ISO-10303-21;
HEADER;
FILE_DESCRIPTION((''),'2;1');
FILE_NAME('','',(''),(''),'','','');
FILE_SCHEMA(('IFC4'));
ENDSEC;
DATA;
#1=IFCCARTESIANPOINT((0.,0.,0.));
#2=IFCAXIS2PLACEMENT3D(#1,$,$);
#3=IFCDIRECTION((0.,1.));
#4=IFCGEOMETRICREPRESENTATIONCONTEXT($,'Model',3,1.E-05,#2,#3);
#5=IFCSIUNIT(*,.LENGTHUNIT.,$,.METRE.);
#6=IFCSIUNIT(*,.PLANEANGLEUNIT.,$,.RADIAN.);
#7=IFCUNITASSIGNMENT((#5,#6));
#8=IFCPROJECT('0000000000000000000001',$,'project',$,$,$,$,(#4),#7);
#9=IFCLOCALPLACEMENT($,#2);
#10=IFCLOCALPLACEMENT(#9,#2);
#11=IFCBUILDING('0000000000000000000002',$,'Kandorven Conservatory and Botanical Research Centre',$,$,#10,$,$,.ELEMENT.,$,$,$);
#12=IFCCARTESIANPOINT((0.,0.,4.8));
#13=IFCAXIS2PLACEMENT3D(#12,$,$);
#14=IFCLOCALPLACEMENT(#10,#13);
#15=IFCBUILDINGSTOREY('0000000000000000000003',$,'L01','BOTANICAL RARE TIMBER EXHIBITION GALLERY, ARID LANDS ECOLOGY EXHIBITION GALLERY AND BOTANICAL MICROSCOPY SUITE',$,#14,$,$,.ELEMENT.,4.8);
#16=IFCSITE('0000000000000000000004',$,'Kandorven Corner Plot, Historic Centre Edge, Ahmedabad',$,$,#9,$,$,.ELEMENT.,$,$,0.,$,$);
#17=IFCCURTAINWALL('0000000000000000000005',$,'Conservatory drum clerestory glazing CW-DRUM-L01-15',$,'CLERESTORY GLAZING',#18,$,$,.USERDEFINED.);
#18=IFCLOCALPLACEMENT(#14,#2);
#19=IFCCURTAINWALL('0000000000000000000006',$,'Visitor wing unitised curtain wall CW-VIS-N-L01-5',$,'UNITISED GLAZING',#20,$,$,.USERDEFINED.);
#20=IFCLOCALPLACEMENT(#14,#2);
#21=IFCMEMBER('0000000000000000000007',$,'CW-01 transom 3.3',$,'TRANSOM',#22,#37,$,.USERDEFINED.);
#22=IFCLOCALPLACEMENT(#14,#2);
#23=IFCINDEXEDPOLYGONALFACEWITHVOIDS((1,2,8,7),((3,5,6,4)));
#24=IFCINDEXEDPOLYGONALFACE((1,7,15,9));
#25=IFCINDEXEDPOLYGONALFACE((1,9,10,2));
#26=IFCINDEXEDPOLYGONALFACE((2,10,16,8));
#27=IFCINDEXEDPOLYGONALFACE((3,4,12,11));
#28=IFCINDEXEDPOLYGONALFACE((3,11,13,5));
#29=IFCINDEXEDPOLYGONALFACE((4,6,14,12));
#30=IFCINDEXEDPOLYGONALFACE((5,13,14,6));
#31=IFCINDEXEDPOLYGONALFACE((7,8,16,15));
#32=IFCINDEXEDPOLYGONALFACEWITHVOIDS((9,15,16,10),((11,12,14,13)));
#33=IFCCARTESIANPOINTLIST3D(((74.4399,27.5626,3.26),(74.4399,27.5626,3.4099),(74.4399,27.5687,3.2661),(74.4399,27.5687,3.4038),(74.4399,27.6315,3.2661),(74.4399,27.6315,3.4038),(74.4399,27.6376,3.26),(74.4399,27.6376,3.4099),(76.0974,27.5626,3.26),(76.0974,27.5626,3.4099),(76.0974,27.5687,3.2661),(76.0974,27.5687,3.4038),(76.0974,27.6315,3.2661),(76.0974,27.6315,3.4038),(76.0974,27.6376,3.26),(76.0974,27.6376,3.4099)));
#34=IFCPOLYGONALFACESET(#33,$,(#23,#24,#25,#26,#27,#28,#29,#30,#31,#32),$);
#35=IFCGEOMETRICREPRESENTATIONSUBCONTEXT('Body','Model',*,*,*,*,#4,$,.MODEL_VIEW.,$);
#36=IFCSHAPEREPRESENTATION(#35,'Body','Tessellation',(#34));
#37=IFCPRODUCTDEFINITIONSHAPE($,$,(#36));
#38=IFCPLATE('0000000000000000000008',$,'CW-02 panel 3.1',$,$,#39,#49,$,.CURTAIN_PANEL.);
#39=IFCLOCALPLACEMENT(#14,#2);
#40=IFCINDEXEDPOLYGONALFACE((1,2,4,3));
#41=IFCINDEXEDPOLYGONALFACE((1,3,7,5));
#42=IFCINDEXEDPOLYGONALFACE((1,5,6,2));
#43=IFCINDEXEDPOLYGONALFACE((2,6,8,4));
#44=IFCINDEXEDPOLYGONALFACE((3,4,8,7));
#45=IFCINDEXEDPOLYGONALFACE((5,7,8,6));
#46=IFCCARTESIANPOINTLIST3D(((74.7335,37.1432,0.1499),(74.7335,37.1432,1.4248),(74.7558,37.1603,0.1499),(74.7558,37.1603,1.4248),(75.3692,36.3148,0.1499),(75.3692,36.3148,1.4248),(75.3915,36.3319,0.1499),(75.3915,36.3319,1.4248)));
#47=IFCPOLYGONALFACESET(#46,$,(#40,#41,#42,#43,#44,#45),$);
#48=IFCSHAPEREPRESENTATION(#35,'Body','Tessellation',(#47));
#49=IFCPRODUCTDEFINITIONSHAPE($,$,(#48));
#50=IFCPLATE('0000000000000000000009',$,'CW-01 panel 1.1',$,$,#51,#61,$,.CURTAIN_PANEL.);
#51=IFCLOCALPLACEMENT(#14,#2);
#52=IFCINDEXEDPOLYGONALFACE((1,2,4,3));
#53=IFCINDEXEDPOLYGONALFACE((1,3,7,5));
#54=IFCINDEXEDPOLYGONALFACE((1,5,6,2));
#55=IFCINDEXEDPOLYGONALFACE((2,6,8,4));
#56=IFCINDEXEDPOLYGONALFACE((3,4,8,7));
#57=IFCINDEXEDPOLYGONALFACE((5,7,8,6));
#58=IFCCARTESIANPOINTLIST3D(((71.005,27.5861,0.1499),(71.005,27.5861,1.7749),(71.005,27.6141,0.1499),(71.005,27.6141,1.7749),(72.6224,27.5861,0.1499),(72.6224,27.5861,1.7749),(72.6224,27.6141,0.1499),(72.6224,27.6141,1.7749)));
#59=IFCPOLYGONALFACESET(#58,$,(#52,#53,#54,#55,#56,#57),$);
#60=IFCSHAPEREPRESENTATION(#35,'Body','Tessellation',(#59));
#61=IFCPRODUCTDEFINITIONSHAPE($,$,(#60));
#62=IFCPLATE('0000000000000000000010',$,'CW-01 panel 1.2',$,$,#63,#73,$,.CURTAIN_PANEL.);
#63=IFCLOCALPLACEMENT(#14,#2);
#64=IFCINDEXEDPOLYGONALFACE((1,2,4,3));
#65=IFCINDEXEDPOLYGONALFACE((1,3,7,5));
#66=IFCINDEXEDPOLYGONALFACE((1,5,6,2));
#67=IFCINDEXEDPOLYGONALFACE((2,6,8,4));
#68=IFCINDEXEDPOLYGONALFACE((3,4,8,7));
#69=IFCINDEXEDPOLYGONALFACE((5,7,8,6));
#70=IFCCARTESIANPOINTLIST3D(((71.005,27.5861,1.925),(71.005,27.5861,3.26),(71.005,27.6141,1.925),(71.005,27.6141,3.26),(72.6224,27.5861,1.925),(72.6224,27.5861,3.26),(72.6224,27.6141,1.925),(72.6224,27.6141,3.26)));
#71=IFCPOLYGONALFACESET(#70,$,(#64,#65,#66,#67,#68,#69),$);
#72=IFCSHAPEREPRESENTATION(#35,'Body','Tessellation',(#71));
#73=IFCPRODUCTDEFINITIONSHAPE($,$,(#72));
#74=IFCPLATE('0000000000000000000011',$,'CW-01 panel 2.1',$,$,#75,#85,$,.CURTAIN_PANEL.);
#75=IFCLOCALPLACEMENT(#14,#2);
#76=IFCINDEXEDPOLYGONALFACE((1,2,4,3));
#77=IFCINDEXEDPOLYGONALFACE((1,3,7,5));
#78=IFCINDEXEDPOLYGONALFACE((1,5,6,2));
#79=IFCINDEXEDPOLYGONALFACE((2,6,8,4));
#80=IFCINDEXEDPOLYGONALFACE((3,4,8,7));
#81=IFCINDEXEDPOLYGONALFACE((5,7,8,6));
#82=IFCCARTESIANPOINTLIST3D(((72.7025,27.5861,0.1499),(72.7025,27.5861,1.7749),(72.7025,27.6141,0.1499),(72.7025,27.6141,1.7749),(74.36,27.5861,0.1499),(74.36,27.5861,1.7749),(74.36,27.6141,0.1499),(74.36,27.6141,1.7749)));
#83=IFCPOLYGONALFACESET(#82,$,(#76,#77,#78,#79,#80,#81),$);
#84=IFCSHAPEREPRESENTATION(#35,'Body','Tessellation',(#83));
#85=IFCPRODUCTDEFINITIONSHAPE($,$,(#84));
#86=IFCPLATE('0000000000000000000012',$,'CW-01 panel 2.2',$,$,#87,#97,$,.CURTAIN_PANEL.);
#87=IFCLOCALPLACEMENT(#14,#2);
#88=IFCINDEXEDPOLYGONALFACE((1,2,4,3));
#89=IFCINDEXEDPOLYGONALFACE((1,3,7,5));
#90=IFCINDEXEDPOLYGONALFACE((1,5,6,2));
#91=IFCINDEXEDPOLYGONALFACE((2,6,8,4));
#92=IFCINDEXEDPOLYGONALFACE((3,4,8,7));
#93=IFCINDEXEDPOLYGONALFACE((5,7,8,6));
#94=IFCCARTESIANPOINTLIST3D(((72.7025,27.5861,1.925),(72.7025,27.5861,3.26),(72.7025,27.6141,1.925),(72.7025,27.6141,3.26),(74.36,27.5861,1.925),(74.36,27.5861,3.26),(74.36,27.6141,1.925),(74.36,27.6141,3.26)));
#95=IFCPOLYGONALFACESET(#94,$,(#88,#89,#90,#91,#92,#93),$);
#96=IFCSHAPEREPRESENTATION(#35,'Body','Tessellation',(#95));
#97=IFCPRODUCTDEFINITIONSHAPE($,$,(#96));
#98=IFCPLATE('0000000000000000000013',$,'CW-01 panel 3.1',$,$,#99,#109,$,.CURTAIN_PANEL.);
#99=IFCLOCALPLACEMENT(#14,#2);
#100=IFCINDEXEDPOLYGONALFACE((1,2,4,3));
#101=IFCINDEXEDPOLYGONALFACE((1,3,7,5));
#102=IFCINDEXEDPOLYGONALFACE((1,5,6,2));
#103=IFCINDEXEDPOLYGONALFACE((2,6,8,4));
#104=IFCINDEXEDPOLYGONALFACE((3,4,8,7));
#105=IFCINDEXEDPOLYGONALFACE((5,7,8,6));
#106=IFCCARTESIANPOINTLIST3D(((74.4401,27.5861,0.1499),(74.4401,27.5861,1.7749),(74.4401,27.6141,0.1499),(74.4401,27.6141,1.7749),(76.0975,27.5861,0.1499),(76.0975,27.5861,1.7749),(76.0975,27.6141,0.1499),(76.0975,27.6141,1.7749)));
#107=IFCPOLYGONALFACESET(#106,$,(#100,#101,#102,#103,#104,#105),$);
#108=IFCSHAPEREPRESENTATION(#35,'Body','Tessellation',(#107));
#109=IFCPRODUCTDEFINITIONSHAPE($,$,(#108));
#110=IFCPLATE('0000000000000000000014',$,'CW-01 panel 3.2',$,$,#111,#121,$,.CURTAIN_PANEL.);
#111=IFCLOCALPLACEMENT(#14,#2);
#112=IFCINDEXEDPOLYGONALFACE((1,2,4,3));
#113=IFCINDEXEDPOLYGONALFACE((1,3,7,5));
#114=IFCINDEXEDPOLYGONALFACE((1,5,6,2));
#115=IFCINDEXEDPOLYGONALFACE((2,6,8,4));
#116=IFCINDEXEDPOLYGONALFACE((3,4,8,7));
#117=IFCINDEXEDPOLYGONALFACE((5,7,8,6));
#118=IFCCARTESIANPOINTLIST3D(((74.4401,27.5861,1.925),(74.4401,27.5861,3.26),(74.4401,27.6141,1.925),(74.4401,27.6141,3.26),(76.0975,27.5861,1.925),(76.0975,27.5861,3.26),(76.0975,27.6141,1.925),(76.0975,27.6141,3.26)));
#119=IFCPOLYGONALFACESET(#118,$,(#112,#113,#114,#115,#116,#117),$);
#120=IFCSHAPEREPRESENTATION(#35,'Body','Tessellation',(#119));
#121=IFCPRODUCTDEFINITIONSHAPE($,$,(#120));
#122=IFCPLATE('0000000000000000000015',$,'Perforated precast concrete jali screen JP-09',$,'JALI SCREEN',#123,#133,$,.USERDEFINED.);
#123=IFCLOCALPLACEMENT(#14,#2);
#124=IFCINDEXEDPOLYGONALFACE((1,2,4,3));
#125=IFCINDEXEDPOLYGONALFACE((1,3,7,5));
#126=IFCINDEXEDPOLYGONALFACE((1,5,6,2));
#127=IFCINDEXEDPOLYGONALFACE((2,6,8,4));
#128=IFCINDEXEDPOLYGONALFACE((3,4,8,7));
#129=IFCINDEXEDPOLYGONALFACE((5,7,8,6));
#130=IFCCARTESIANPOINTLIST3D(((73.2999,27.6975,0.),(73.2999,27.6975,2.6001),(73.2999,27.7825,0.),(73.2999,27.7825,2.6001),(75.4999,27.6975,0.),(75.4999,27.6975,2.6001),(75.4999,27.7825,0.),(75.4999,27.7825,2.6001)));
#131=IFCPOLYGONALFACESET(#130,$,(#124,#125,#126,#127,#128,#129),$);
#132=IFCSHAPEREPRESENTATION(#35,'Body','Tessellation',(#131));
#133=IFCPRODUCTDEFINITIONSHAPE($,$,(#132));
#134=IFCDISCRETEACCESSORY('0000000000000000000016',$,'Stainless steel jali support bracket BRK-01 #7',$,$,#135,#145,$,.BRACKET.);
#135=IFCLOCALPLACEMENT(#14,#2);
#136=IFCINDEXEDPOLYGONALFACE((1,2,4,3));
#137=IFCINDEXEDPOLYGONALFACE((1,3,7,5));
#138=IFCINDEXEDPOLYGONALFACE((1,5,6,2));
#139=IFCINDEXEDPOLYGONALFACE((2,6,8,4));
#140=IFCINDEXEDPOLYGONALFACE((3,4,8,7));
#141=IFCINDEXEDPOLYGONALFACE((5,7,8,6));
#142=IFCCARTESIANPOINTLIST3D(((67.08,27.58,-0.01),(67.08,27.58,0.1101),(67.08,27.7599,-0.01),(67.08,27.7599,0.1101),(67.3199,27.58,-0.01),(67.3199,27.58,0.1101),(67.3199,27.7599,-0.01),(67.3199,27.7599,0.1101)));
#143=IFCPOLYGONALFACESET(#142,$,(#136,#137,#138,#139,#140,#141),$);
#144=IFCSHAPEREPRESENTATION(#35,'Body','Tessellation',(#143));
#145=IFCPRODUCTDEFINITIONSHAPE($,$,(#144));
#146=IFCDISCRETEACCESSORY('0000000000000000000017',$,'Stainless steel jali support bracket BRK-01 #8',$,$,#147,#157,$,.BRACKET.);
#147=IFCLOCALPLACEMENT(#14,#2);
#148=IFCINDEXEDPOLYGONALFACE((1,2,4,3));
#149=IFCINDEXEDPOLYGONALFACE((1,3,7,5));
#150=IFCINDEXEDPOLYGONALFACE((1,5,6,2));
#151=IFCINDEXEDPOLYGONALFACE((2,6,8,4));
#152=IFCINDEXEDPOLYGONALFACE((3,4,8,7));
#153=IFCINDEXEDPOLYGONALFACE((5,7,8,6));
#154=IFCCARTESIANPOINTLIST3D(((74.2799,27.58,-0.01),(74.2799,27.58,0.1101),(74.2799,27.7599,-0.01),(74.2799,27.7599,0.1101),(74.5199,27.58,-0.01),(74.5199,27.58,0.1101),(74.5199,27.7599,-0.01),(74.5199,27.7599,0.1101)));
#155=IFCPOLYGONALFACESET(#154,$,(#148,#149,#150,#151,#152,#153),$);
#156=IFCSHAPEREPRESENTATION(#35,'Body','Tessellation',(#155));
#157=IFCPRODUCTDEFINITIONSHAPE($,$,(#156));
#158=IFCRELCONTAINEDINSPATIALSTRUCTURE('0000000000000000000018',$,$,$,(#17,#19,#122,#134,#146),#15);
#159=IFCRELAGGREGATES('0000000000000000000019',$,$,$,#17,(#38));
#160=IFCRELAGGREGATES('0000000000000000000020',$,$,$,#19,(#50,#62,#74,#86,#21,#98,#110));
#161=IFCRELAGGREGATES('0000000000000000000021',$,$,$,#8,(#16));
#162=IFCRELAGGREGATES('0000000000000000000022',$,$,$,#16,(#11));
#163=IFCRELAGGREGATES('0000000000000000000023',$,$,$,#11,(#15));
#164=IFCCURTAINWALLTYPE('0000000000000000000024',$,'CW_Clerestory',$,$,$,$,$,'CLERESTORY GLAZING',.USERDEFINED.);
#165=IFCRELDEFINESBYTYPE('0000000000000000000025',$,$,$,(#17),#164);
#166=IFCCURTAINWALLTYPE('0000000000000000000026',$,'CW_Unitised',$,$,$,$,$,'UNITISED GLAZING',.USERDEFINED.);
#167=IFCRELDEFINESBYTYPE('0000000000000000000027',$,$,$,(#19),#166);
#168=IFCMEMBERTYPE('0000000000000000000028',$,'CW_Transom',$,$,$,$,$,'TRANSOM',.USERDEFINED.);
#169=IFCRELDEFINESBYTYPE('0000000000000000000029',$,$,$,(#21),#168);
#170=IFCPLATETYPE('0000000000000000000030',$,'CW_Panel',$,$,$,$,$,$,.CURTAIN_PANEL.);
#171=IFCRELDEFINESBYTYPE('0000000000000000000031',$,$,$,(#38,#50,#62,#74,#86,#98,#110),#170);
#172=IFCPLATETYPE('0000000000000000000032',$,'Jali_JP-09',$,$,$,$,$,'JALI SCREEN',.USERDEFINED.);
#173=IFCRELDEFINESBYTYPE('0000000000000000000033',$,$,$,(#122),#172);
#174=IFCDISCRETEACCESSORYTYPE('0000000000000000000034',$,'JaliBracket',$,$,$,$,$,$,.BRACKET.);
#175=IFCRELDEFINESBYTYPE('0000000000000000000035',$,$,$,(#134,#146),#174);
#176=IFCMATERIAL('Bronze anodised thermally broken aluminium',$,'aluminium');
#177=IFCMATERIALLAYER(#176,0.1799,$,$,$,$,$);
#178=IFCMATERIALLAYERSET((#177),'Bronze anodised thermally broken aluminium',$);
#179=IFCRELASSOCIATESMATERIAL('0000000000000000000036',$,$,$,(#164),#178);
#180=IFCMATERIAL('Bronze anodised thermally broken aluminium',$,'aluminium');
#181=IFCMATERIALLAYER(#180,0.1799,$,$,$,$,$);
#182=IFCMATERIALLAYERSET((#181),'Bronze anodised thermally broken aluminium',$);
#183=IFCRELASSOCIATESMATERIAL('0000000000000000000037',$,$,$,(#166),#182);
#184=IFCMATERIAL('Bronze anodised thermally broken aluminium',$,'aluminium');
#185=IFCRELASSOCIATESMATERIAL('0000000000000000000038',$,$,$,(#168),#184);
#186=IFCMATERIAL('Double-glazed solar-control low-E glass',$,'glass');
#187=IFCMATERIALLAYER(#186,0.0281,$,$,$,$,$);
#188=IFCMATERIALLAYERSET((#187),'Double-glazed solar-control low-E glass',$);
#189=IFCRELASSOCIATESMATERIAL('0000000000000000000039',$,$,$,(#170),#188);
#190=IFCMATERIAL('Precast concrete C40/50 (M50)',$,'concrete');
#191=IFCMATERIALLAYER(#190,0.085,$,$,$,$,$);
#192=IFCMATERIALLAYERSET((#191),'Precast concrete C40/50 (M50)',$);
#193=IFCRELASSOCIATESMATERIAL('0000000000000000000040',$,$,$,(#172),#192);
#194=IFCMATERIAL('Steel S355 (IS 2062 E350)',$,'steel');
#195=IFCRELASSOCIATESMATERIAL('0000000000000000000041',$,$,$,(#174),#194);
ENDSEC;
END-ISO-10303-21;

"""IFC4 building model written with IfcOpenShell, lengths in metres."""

from ifc_helpers import new_model, si_unit, direction, frame, origin, origin_2d, place, context, subcontext, project, spatial, rectangle, hollow_rectangle, extrude, material, layer, layer_set, material_profile, profile_set, type_object, element, aggregate, save


model = new_model("IFC4")

# Units and contexts
model_context = context("Model", 3, precision=1e-05, world=origin(), true_north=direction((0.0, 1.0)))
body_context = subcontext(model_context, "Body", "Model", "MODEL_VIEW")
ifc_project = project(units=[si_unit("LENGTHUNIT", "METRE"), si_unit("PLANEANGLEUNIT", "RADIAN")], contexts=[model_context])

# Site, building, storey
site_placement = place(None, origin())
site = spatial("IfcSite", under=ifc_project, at=site_placement, Name="Kandorven Corner Plot, Historic Centre Edge, Ahmedabad", CompositionType="ELEMENT", RefElevation=0.0)
building_placement = place(site_placement, origin())
building = spatial("IfcBuilding", under=site, at=building_placement, Name="Kandorven Conservatory and Botanical Research Centre", CompositionType="ELEMENT")
storey_placement = place(building_placement, frame((0.0, 0.0, 4.8)))
storey = spatial("IfcBuildingStorey", under=building, at=storey_placement, Name="L01", Description="BOTANICAL RARE TIMBER EXHIBITION GALLERY, ARID LANDS ECOLOGY EXHIBITION GALLERY AND BOTANICAL MICROSCOPY SUITE", CompositionType="ELEMENT", Elevation=4.8)

# Curtain wall
ifc_material_1 = material(Name="Bronze anodised thermally broken aluminium", Category="aluminium")
ifc_layer_1 = layer(ifc_material_1, 0.1799)
ifc_layer_set_1 = layer_set([ifc_layer_1], Name="Bronze anodised thermally broken aluminium")
curtain_wall_type_1 = type_object("IfcCurtainWallType", Name="CW_Clerestory", ElementType="CLERESTORY GLAZING", PredefinedType="USERDEFINED", material=ifc_layer_set_1)
curtain_wall_1_placement = place(storey_placement, origin())
curtain_wall_1 = element("IfcCurtainWall", 1, at=curtain_wall_1_placement, inside=storey, type_object=curtain_wall_type_1, Name="Conservatory drum clerestory glazing CW-DRUM-L01-15", ObjectType="CLERESTORY GLAZING", PredefinedType="USERDEFINED")

# Curtain wall, member
ifc_material_2 = material(Name="Bronze anodised thermally broken aluminium", Category="aluminium")
ifc_layer_2 = layer(ifc_material_2, 0.1799)
ifc_layer_set_2 = layer_set([ifc_layer_2], Name="Bronze anodised thermally broken aluminium")
curtain_wall_type_2 = type_object("IfcCurtainWallType", Name="CW_Unitised", ElementType="UNITISED GLAZING", PredefinedType="USERDEFINED", material=ifc_layer_set_2)
curtain_wall_2_placement = place(storey_placement, origin())
curtain_wall_2 = element("IfcCurtainWall", 2, at=curtain_wall_2_placement, inside=storey, type_object=curtain_wall_type_2, Name="Visitor wing unitised curtain wall CW-VIS-N-L01-5", ObjectType="UNITISED GLAZING", PredefinedType="USERDEFINED")
ifc_material_3 = material(Name="Bronze anodised thermally broken aluminium", Category="aluminium")
ifc_material_profile_1 = material_profile(ifc_material_3, hollow_rectangle(XDim=0.075, YDim=0.1499, WallThickness=0.0061, at=origin_2d()))
ifc_profile_set_1 = profile_set([ifc_material_profile_1], Name="Bronze anodised thermally broken aluminium")
member_type_1 = type_object("IfcMemberType", Name="CW_Transom", ElementType="TRANSOM", PredefinedType="USERDEFINED", material=ifc_profile_set_1)
member_1_placement = place(storey_placement, frame((74.4399, 27.6001, 3.335), z_axis=(1.0, 0.0, 0.0), x_axis=(0.0, 1.0, 0.0)))
member_1 = element("IfcMember", 3, at=member_1_placement, type_object=member_type_1, Name="CW-01 transom 3.3", ObjectType="TRANSOM", PredefinedType="USERDEFINED", context=body_context, shape_type="SweptSolid", body=[
    extrude(hollow_rectangle(XDim=0.075, YDim=0.1499, WallThickness=0.0061, at=origin_2d()), origin(), (0.0, 0.0, 1.0), 1.6575),
])

# Plates
ifc_material_4 = material(Name="Double-glazed solar-control low-E glass", Category="glass")
ifc_layer_3 = layer(ifc_material_4, 0.0281)
ifc_layer_set_3 = layer_set([ifc_layer_3], Name="Double-glazed solar-control low-E glass")
plate_type_1 = type_object("IfcPlateType", Name="CW_Panel", PredefinedType="CURTAIN_PANEL", material=ifc_layer_set_3)
plate_1_placement = place(storey_placement, frame((75.0625, 36.7375, 0.1499), z_axis=(0.0, 0.0, 1.0), x_axis=(0.608769, -0.793347, 0.0)))
plate_1 = element("IfcPlate", 4, at=plate_1_placement, type_object=plate_type_1, Name="CW-02 panel 3.1", PredefinedType="CURTAIN_PANEL", context=body_context, shape_type="SweptSolid", body=[
    extrude(rectangle(XDim=1.0442, YDim=0.0281, at=origin_2d()), origin(), (0.0, 0.0, 1.0), 1.2749),
])
aggregate(curtain_wall_1, [plate_1])
plate_2_placement = place(storey_placement, frame((71.8137, 27.6001, 0.1499), z_axis=(0.0, 0.0, 1.0), x_axis=(1.0, 0.0, 0.0)))
plate_2 = element("IfcPlate", 5, at=plate_2_placement, type_object=plate_type_1, Name="CW-01 panel 1.1", PredefinedType="CURTAIN_PANEL", context=body_context, shape_type="SweptSolid", body=[
    extrude(rectangle(XDim=1.6174, YDim=0.0281, at=origin_2d()), origin(), (0.0, 0.0, 1.0), 1.625),
])
plate_3_placement = place(storey_placement, frame((71.8137, 27.6001, 1.925), z_axis=(0.0, 0.0, 1.0), x_axis=(1.0, 0.0, 0.0)))
plate_3 = element("IfcPlate", 6, at=plate_3_placement, type_object=plate_type_1, Name="CW-01 panel 1.2", PredefinedType="CURTAIN_PANEL", context=body_context, shape_type="SweptSolid", body=[
    extrude(rectangle(XDim=1.6174, YDim=0.0281, at=origin_2d()), origin(), (0.0, 0.0, 1.0), 1.335),
])
plate_4_placement = place(storey_placement, frame((73.5312, 27.6001, 0.1499), z_axis=(0.0, 0.0, 1.0), x_axis=(1.0, 0.0, 0.0)))
plate_4 = element("IfcPlate", 7, at=plate_4_placement, type_object=plate_type_1, Name="CW-01 panel 2.1", PredefinedType="CURTAIN_PANEL", context=body_context, shape_type="SweptSolid", body=[
    extrude(rectangle(XDim=1.6575, YDim=0.0281, at=origin_2d()), origin(), (0.0, 0.0, 1.0), 1.625),
])
plate_5_placement = place(storey_placement, frame((73.5312, 27.6001, 1.925), z_axis=(0.0, 0.0, 1.0), x_axis=(1.0, 0.0, 0.0)))
plate_5 = element("IfcPlate", 8, at=plate_5_placement, type_object=plate_type_1, Name="CW-01 panel 2.2", PredefinedType="CURTAIN_PANEL", context=body_context, shape_type="SweptSolid", body=[
    extrude(rectangle(XDim=1.6575, YDim=0.0281, at=origin_2d()), origin(), (0.0, 0.0, 1.0), 1.335),
])
plate_6_placement = place(storey_placement, frame((75.2688, 27.6001, 0.1499), z_axis=(0.0, 0.0, 1.0), x_axis=(1.0, 0.0, 0.0)))
plate_6 = element("IfcPlate", 9, at=plate_6_placement, type_object=plate_type_1, Name="CW-01 panel 3.1", PredefinedType="CURTAIN_PANEL", context=body_context, shape_type="SweptSolid", body=[
    extrude(rectangle(XDim=1.6575, YDim=0.0281, at=origin_2d()), origin(), (0.0, 0.0, 1.0), 1.625),
])
plate_7_placement = place(storey_placement, frame((75.2688, 27.6001, 1.925), z_axis=(0.0, 0.0, 1.0), x_axis=(1.0, 0.0, 0.0)))
plate_7 = element("IfcPlate", 10, at=plate_7_placement, type_object=plate_type_1, Name="CW-01 panel 3.2", PredefinedType="CURTAIN_PANEL", context=body_context, shape_type="SweptSolid", body=[
    extrude(rectangle(XDim=1.6575, YDim=0.0281, at=origin_2d()), origin(), (0.0, 0.0, 1.0), 1.335),
])
aggregate(curtain_wall_2, [plate_2, plate_3, plate_4, plate_5, member_1, plate_6, plate_7])
ifc_material_5 = material(Name="Precast concrete C40/50 (M50)", Category="concrete")
ifc_layer_4 = layer(ifc_material_5, 0.085)
ifc_layer_set_4 = layer_set([ifc_layer_4], Name="Precast concrete C40/50 (M50)")
plate_type_2 = type_object("IfcPlateType", Name="Jali_JP-09", ElementType="JALI SCREEN", PredefinedType="USERDEFINED", material=ifc_layer_set_4)
plate_8_placement = place(storey_placement, frame((74.3999, 27.74, 0.0), z_axis=(0.0, 0.0, 1.0), x_axis=(1.0, 0.0, 0.0)))
element("IfcPlate", 11, at=plate_8_placement, inside=storey, type_object=plate_type_2, Name="Perforated precast concrete jali screen JP-09", ObjectType="JALI SCREEN", PredefinedType="USERDEFINED", context=body_context, shape_type="SweptSolid", body=[
    extrude(rectangle(XDim=2.2, YDim=0.085, at=origin_2d()), origin(), (0.0, 0.0, 1.0), 2.6001),
])

# Discrete accessories
ifc_material_6 = material(Name="Steel S355 (IS 2062 E350)", Category="steel")
discrete_accessory_type = type_object("IfcDiscreteAccessoryType", Name="JaliBracket", PredefinedType="BRACKET", material=ifc_material_6)
for number, where, z_axis, x_axis, name in (
    (12, (67.2, 27.6699, -0.01), (0.0, 0.0, 1.0), (1.0, 0.0, 0.0), "Stainless steel jali support bracket BRK-01 #7"),
    (13, (74.3999, 27.6699, -0.01), (0.0, 0.0, 1.0), (1.0, 0.0, 0.0), "Stainless steel jali support bracket BRK-01 #8"),
):
    element("IfcDiscreteAccessory", number, at=place(storey_placement, frame(where, z_axis=z_axis, x_axis=x_axis)), inside=storey, type_object=discrete_accessory_type, Name=name, PredefinedType="BRACKET", context=body_context, shape_type="SweptSolid", body=[
        extrude(rectangle(XDim=0.24, YDim=0.1799, at=origin_2d()), origin(), (0.0, 0.0, 1.0), 0.1201),
    ])

save(model, "model.ifc")
